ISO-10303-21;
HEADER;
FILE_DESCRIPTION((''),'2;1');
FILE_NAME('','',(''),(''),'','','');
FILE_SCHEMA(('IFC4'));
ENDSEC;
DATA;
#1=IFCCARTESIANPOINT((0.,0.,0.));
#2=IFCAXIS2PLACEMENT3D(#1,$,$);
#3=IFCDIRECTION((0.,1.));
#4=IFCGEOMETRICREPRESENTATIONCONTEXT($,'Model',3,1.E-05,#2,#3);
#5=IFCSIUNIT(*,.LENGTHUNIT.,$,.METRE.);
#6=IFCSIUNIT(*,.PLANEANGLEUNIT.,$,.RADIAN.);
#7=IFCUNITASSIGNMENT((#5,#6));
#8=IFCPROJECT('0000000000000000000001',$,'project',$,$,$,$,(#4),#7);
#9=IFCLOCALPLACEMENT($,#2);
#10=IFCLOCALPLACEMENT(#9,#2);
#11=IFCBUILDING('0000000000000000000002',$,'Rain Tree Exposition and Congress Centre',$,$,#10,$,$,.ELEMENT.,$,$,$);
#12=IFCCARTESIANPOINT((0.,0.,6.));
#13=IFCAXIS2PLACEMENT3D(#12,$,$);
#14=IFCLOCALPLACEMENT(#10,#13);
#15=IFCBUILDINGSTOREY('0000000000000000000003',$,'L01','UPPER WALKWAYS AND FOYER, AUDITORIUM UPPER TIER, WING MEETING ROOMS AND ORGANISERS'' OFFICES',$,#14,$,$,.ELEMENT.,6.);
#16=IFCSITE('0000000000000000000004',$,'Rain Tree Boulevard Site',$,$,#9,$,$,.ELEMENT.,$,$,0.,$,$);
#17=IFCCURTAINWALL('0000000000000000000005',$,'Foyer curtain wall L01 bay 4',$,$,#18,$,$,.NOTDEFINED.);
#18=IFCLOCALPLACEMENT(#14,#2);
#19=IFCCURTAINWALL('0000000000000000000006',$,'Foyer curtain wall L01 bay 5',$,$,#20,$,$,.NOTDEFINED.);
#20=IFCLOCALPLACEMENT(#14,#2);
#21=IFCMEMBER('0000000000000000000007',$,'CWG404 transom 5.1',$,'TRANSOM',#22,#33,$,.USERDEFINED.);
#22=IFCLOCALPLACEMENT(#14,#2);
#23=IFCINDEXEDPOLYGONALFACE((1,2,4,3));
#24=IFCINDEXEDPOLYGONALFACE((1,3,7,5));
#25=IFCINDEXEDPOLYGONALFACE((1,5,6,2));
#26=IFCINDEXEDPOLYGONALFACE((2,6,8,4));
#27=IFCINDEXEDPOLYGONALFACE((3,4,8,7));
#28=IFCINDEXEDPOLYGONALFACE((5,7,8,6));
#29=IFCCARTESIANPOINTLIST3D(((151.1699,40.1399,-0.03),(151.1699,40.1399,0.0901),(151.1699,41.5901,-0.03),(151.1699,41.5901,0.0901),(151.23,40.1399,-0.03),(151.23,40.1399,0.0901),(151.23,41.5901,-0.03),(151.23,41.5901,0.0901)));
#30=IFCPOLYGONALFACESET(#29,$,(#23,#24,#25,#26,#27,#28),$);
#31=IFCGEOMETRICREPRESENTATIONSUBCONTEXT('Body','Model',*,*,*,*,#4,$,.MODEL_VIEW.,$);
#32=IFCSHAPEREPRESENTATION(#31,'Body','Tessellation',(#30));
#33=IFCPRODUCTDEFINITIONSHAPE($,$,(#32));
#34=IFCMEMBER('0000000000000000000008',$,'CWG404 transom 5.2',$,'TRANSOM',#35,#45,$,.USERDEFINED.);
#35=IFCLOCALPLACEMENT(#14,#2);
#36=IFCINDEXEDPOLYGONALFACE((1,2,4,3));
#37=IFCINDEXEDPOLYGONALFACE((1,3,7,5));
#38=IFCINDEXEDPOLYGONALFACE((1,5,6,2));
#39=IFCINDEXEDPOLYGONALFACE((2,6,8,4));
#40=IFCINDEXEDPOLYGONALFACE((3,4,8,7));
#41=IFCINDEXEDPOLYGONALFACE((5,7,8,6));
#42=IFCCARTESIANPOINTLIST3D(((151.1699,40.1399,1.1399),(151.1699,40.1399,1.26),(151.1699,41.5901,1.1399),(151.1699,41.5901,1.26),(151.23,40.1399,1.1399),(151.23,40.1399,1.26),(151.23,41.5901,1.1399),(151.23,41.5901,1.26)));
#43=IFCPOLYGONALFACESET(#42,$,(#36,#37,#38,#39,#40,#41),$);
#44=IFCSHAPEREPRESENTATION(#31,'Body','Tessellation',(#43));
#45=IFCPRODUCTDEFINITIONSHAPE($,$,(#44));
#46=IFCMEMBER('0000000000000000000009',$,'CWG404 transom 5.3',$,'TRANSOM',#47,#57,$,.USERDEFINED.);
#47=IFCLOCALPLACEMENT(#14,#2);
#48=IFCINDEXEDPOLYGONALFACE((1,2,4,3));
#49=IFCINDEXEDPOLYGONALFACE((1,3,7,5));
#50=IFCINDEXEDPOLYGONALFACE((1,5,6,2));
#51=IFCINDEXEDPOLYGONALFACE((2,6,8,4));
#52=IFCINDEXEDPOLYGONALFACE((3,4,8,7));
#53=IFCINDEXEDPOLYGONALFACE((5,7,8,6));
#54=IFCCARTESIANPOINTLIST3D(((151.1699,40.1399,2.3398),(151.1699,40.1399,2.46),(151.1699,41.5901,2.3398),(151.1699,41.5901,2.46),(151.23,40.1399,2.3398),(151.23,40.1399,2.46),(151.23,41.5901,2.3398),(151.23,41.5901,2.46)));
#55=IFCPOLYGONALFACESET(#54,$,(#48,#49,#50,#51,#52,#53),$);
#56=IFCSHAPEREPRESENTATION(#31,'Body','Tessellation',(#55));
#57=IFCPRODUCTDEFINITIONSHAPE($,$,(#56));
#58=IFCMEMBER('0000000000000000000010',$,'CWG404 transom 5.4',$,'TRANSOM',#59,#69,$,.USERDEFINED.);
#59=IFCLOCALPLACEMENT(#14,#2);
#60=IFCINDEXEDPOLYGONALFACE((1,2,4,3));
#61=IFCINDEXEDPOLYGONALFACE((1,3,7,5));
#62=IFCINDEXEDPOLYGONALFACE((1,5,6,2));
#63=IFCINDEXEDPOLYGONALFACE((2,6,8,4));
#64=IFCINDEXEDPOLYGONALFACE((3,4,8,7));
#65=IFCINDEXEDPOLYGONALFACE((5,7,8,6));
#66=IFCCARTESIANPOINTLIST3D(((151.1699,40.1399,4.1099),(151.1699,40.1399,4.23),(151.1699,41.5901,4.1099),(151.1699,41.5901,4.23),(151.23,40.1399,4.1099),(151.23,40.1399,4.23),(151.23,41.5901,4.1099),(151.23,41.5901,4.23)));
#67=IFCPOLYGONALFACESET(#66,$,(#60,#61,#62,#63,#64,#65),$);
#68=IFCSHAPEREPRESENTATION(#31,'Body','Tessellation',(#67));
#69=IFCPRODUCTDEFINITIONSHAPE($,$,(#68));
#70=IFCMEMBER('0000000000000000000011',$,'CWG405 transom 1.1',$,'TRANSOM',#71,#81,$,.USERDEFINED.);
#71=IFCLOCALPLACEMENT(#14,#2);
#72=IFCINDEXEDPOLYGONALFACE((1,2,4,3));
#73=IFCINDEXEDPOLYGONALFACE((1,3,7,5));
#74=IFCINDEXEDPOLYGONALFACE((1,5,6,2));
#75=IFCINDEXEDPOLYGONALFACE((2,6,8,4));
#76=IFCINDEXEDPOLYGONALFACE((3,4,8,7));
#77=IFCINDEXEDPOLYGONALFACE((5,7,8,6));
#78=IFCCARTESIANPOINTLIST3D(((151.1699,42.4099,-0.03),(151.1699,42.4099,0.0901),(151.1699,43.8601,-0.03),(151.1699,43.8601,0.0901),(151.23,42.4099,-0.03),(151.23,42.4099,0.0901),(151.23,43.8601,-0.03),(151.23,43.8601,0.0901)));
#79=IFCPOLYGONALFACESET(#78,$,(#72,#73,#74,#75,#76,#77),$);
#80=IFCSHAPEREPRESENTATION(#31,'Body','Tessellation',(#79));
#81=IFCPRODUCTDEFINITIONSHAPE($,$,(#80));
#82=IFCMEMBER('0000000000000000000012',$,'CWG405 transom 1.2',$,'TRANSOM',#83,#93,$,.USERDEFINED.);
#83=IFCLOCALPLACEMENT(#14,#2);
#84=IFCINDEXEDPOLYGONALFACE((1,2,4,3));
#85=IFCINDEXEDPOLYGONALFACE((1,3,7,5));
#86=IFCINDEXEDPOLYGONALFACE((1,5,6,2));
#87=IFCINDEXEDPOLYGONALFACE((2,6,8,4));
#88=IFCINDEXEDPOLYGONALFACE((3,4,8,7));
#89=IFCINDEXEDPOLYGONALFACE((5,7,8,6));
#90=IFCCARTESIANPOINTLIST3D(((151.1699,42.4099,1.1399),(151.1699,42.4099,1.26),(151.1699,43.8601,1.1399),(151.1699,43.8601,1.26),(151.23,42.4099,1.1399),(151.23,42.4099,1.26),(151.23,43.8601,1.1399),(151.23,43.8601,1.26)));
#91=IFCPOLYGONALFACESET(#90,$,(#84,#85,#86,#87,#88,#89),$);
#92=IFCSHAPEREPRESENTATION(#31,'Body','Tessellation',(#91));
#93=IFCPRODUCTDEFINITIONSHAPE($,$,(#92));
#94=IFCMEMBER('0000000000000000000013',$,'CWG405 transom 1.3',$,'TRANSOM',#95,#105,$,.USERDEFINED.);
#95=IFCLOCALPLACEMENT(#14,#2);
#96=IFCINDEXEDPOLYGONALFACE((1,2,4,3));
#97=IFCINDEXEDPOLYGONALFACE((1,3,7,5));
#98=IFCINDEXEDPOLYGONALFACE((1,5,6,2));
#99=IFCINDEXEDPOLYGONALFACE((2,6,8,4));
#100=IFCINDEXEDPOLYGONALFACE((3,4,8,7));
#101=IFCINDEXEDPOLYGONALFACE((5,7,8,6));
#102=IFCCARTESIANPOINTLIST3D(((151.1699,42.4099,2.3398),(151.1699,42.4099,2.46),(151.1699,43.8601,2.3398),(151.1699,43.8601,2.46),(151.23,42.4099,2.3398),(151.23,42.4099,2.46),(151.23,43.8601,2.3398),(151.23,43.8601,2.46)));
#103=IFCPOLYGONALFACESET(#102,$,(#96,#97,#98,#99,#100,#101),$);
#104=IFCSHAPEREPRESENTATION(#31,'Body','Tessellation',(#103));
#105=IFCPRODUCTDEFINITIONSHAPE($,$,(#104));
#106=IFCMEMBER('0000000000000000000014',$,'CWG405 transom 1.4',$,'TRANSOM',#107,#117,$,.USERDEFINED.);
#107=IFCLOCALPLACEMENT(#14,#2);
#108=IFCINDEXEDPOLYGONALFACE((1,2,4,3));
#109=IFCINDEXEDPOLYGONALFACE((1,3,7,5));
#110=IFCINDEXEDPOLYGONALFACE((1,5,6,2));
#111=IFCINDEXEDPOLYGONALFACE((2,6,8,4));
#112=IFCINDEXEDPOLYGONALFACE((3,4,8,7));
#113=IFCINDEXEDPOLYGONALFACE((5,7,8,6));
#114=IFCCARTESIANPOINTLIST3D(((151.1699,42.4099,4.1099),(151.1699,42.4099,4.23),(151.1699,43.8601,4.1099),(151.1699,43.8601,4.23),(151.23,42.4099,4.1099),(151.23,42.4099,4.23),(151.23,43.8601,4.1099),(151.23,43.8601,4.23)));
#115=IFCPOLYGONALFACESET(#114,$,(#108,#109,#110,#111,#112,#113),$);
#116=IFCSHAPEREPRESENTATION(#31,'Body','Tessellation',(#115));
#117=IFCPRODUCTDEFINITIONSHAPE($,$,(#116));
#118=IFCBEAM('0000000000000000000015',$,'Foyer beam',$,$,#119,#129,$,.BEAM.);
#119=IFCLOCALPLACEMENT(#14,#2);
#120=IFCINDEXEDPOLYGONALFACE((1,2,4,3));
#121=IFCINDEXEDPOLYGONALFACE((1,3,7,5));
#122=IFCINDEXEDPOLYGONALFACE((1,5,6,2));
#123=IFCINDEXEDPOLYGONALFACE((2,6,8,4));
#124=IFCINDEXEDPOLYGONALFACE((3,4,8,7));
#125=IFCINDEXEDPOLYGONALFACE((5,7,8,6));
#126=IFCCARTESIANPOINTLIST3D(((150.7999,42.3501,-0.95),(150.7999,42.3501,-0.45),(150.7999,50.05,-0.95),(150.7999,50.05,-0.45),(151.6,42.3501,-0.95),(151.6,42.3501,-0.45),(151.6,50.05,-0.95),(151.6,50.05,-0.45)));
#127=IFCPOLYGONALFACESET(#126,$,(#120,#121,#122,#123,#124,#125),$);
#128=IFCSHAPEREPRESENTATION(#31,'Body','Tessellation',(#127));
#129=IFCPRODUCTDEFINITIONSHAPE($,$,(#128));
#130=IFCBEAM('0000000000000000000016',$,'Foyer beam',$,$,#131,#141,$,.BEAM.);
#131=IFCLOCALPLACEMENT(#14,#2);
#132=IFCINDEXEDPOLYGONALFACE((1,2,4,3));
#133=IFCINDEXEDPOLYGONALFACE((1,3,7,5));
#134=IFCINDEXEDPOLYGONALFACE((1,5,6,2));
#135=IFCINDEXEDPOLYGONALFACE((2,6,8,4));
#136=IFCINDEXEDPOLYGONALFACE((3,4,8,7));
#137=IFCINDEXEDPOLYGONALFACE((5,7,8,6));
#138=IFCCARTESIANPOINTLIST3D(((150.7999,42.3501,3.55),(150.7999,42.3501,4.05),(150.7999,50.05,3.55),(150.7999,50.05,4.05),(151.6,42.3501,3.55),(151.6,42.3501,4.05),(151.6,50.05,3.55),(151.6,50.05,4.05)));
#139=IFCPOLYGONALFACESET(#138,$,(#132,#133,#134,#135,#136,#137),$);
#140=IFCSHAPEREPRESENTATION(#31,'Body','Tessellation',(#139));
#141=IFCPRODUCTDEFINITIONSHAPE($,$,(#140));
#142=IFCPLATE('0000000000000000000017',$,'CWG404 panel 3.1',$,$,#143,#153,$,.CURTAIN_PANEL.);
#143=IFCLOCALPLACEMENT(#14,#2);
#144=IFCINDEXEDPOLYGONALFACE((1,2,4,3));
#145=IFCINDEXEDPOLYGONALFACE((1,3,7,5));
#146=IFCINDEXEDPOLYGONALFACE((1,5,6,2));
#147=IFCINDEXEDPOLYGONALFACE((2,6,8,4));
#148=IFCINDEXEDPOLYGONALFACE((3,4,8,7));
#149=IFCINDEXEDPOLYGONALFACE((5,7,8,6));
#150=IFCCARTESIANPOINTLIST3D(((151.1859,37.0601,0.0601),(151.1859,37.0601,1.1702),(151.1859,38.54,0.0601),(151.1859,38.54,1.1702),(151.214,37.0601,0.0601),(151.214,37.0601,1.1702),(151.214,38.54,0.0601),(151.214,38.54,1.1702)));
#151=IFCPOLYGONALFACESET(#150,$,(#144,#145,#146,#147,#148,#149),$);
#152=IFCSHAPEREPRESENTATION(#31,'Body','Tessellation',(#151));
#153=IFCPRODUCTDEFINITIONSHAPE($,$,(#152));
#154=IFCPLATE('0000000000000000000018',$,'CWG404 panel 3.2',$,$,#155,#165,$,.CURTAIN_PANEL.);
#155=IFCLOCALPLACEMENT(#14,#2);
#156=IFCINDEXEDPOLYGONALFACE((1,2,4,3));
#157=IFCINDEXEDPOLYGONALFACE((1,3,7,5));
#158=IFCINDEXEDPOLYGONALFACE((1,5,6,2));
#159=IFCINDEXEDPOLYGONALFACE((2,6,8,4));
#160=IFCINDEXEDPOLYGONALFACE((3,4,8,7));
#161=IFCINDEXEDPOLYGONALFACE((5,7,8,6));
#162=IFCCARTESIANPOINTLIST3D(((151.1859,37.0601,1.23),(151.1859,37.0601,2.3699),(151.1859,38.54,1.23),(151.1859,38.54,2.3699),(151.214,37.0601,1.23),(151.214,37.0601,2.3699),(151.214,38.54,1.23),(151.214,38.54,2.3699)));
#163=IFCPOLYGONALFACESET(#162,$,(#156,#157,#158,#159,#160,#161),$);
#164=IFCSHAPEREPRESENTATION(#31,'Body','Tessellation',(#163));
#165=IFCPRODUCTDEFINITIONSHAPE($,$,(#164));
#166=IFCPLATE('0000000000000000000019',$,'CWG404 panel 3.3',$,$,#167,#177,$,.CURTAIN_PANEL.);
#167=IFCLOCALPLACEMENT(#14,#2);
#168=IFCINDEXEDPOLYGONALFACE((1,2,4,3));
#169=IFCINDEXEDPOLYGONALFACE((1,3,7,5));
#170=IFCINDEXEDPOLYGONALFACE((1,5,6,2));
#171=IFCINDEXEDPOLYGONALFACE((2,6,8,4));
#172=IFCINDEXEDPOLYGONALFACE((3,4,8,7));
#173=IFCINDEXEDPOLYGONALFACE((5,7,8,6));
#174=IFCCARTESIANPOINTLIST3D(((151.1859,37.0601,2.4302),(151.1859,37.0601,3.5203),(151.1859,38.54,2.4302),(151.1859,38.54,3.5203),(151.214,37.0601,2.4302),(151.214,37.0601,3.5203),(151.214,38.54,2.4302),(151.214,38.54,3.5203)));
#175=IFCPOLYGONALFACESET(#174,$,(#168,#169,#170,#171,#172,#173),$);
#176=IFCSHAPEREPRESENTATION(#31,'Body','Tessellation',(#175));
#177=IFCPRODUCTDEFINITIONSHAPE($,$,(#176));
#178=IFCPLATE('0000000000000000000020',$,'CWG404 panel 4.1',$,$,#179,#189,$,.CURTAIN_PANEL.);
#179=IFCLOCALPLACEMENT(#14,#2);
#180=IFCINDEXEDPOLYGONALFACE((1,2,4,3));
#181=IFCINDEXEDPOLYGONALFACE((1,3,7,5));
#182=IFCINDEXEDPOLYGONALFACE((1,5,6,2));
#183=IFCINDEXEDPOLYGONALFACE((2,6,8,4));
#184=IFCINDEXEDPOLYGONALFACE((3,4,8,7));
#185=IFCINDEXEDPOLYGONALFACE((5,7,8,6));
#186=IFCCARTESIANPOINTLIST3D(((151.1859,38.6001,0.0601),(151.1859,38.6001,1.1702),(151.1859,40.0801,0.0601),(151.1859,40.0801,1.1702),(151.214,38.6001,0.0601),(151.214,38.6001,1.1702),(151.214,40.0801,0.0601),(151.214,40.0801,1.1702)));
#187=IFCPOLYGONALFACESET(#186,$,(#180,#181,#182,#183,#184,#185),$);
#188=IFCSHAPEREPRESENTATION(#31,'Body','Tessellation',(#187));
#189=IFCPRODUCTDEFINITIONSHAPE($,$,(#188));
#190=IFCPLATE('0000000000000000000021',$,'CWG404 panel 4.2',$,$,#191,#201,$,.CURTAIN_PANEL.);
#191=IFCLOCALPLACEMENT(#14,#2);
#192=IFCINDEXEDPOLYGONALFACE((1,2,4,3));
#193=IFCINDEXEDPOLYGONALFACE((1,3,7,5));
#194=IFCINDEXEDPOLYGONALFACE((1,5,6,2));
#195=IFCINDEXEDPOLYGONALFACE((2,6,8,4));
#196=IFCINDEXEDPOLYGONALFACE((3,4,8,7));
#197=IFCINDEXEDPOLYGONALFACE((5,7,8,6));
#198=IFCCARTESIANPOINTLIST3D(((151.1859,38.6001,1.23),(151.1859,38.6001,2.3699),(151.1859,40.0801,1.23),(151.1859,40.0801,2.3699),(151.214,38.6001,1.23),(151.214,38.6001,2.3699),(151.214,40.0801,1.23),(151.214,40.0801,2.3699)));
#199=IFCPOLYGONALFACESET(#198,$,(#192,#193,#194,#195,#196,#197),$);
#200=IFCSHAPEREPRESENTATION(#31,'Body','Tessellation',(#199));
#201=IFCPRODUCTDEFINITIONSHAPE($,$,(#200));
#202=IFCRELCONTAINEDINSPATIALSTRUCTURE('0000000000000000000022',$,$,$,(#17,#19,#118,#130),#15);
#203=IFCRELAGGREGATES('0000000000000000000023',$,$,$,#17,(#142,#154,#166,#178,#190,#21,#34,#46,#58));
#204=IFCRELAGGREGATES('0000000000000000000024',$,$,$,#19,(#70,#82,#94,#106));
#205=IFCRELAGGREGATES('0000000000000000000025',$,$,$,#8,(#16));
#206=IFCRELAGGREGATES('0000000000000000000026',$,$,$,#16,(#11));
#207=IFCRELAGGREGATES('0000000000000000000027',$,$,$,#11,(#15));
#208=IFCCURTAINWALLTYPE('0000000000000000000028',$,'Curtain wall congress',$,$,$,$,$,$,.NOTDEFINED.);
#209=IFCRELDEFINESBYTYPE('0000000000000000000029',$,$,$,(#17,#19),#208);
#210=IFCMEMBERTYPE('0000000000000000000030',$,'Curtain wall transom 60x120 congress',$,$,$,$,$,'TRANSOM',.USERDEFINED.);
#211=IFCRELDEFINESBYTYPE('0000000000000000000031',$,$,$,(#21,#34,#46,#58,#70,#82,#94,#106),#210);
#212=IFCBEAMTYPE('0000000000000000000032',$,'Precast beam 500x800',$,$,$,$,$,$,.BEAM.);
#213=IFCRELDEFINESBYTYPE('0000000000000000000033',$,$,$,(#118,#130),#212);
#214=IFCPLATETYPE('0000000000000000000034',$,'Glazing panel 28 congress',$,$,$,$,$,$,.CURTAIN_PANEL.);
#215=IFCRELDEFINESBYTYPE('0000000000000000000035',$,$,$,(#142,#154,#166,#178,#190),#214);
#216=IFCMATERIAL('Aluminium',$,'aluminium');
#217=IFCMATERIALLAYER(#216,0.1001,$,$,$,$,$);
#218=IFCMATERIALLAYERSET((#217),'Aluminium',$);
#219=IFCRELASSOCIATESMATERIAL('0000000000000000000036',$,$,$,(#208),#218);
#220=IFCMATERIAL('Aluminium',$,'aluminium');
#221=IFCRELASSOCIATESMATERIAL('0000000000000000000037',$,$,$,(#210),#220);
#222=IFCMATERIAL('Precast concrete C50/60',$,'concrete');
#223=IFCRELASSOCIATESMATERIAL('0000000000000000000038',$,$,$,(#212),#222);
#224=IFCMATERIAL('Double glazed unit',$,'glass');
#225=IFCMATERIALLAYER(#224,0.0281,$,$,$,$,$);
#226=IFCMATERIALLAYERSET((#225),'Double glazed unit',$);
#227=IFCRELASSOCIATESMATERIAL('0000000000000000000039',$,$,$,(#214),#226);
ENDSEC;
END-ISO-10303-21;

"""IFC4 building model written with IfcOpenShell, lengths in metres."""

from ifc_helpers import new_model, si_unit, direction, frame, origin, origin_2d, place, context, subcontext, project, spatial, rectangle, extrude, material, layer, layer_set, material_profile, profile_set, type_object, element, aggregate, save


model = new_model("IFC4")

# Units and contexts
model_context = context("Model", 3, precision=1e-05, world=origin(), true_north=direction((0.0, 1.0)))
body_context = subcontext(model_context, "Body", "Model", "MODEL_VIEW")
ifc_project = project(units=[si_unit("LENGTHUNIT", "METRE"), si_unit("PLANEANGLEUNIT", "RADIAN")], contexts=[model_context])

# Site, building, storey
site_placement = place(None, origin())
site = spatial("IfcSite", under=ifc_project, at=site_placement, Name="Rain Tree Boulevard Site", CompositionType="ELEMENT", RefElevation=0.0)
building_placement = place(site_placement, origin())
building = spatial("IfcBuilding", under=site, at=building_placement, Name="Rain Tree Exposition and Congress Centre", CompositionType="ELEMENT")
storey_placement = place(building_placement, frame((0.0, 0.0, 6.0)))
storey = spatial("IfcBuildingStorey", under=building, at=storey_placement, Name="L01", Description="UPPER WALKWAYS AND FOYER, AUDITORIUM UPPER TIER, WING MEETING ROOMS AND ORGANISERS' OFFICES", CompositionType="ELEMENT", Elevation=6.0)

# Curtain wall
ifc_material_1 = material(Name="Aluminium", Category="aluminium")
ifc_layer_1 = layer(ifc_material_1, 0.1001)
ifc_layer_set_1 = layer_set([ifc_layer_1], Name="Aluminium")
curtain_wall_type = type_object("IfcCurtainWallType", Name="Curtain wall congress", PredefinedType="NOTDEFINED", material=ifc_layer_set_1)
curtain_wall_1_placement = place(storey_placement, origin())
curtain_wall_1 = element("IfcCurtainWall", 1, at=curtain_wall_1_placement, inside=storey, type_object=curtain_wall_type, Name="Foyer curtain wall L01 bay 4", PredefinedType="NOTDEFINED")

# Curtain wall
curtain_wall_2_placement = place(storey_placement, origin())
curtain_wall_2 = element("IfcCurtainWall", 2, at=curtain_wall_2_placement, inside=storey, type_object=curtain_wall_type, Name="Foyer curtain wall L01 bay 5", PredefinedType="NOTDEFINED")

# Members
ifc_material_2 = material(Name="Aluminium", Category="aluminium")
ifc_material_profile_1 = material_profile(ifc_material_2, rectangle(XDim=0.0601, YDim=0.1201, at=origin_2d()), Name="AL 60x120")
ifc_profile_set_1 = profile_set([ifc_material_profile_1], Name="Aluminium")
member_type_1 = type_object("IfcMemberType", Name="Curtain wall transom 60x120 congress", ElementType="TRANSOM", PredefinedType="USERDEFINED", material=ifc_profile_set_1)
member_1_placement = place(storey_placement, frame((151.2, 40.1399, 0.03), z_axis=(0.0, 1.0, 0.0), x_axis=(-1.0, 0.0, 0.0)))
member_1 = element("IfcMember", 3, at=member_1_placement, type_object=member_type_1, Name="CWG404 transom 5.1", ObjectType="TRANSOM", PredefinedType="USERDEFINED", context=body_context, shape_type="SweptSolid", body=[
    extrude(rectangle(XDim=0.0601, YDim=0.1201, at=origin_2d()), origin(), (0.0, 0.0, 1.0), 1.4502),
])
member_2_placement = place(storey_placement, frame((151.2, 40.1399, 1.2), z_axis=(0.0, 1.0, 0.0), x_axis=(-1.0, 0.0, 0.0)))
member_2 = element("IfcMember", 4, at=member_2_placement, type_object=member_type_1, Name="CWG404 transom 5.2", ObjectType="TRANSOM", PredefinedType="USERDEFINED", context=body_context, shape_type="SweptSolid", body=[
    extrude(rectangle(XDim=0.0601, YDim=0.1201, at=origin_2d()), origin(), (0.0, 0.0, 1.0), 1.4502),
])
member_3_placement = place(storey_placement, frame((151.2, 40.1399, 2.3999), z_axis=(0.0, 1.0, 0.0), x_axis=(-1.0, 0.0, 0.0)))
member_3 = element("IfcMember", 5, at=member_3_placement, type_object=member_type_1, Name="CWG404 transom 5.3", ObjectType="TRANSOM", PredefinedType="USERDEFINED", context=body_context, shape_type="SweptSolid", body=[
    extrude(rectangle(XDim=0.0601, YDim=0.1201, at=origin_2d()), origin(), (0.0, 0.0, 1.0), 1.4502),
])
member_4_placement = place(storey_placement, frame((151.2, 40.1399, 4.1699), z_axis=(0.0, 1.0, 0.0), x_axis=(-1.0, 0.0, 0.0)))
member_4 = element("IfcMember", 6, at=member_4_placement, type_object=member_type_1, Name="CWG404 transom 5.4", ObjectType="TRANSOM", PredefinedType="USERDEFINED", context=body_context, shape_type="SweptSolid", body=[
    extrude(rectangle(XDim=0.0601, YDim=0.1201, at=origin_2d()), origin(), (0.0, 0.0, 1.0), 1.4502),
])
member_5_placement = place(storey_placement, frame((151.2, 42.4099, 0.03), z_axis=(0.0, 1.0, 0.0), x_axis=(-1.0, 0.0, 0.0)))
member_5 = element("IfcMember", 7, at=member_5_placement, type_object=member_type_1, Name="CWG405 transom 1.1", ObjectType="TRANSOM", PredefinedType="USERDEFINED", context=body_context, shape_type="SweptSolid", body=[
    extrude(rectangle(XDim=0.0601, YDim=0.1201, at=origin_2d()), origin(), (0.0, 0.0, 1.0), 1.4502),
])
member_6_placement = place(storey_placement, frame((151.2, 42.4099, 1.2), z_axis=(0.0, 1.0, 0.0), x_axis=(-1.0, 0.0, 0.0)))
member_6 = element("IfcMember", 8, at=member_6_placement, type_object=member_type_1, Name="CWG405 transom 1.2", ObjectType="TRANSOM", PredefinedType="USERDEFINED", context=body_context, shape_type="SweptSolid", body=[
    extrude(rectangle(XDim=0.0601, YDim=0.1201, at=origin_2d()), origin(), (0.0, 0.0, 1.0), 1.4502),
])
member_7_placement = place(storey_placement, frame((151.2, 42.4099, 2.3999), z_axis=(0.0, 1.0, 0.0), x_axis=(-1.0, 0.0, 0.0)))
member_7 = element("IfcMember", 9, at=member_7_placement, type_object=member_type_1, Name="CWG405 transom 1.3", ObjectType="TRANSOM", PredefinedType="USERDEFINED", context=body_context, shape_type="SweptSolid", body=[
    extrude(rectangle(XDim=0.0601, YDim=0.1201, at=origin_2d()), origin(), (0.0, 0.0, 1.0), 1.4502),
])
member_8_placement = place(storey_placement, frame((151.2, 42.4099, 4.1699), z_axis=(0.0, 1.0, 0.0), x_axis=(-1.0, 0.0, 0.0)))
member_8 = element("IfcMember", 10, at=member_8_placement, type_object=member_type_1, Name="CWG405 transom 1.4", ObjectType="TRANSOM", PredefinedType="USERDEFINED", context=body_context, shape_type="SweptSolid", body=[
    extrude(rectangle(XDim=0.0601, YDim=0.1201, at=origin_2d()), origin(), (0.0, 0.0, 1.0), 1.4502),
])

# Beams
ifc_material_3 = material(Name="Precast concrete C50/60", Category="concrete")
ifc_material_profile_2 = material_profile(ifc_material_3, rectangle(XDim=0.5, YDim=0.8, at=origin_2d()), Name="RC 500x800")
ifc_profile_set_2 = profile_set([ifc_material_profile_2], Name="Precast concrete C50/60")
beam_type = type_object("IfcBeamType", Name="Precast beam 500x800", PredefinedType="BEAM", material=ifc_profile_set_2)
for number, where, z_axis, x_axis, name in (
    (11, (151.2, 42.3501, -0.7), (0.0, 1.0, 0.0), (0.0, 0.0, 1.0), "Foyer beam"),
    (12, (151.2, 42.3501, 3.8), (0.0, 1.0, 0.0), (0.0, 0.0, 1.0), "Foyer beam"),
):
    element("IfcBeam", number, at=place(storey_placement, frame(where, z_axis=z_axis, x_axis=x_axis)), inside=storey, type_object=beam_type, Name=name, PredefinedType="BEAM", context=body_context, shape_type="SweptSolid", body=[
        extrude(rectangle(XDim=0.5, YDim=0.8, at=origin_2d()), origin(), (0.0, 0.0, 1.0), 7.7),
    ])

# Plates
ifc_material_4 = material(Name="Double glazed unit", Category="glass")
ifc_layer_2 = layer(ifc_material_4, 0.0281)
ifc_layer_set_2 = layer_set([ifc_layer_2], Name="Double glazed unit")
plate_type = type_object("IfcPlateType", Name="Glazing panel 28 congress", PredefinedType="CURTAIN_PANEL", material=ifc_layer_set_2)
plate_1_placement = place(storey_placement, frame((151.2, 37.8, 0.0601), z_axis=(0.0, 0.0, 1.0), x_axis=(0.0, 1.0, 0.0)))
plate_1 = element("IfcPlate", 13, at=plate_1_placement, type_object=plate_type, Name="CWG404 panel 3.1", PredefinedType="CURTAIN_PANEL", context=body_context, shape_type="SweptSolid", body=[
    extrude(rectangle(XDim=1.48, YDim=0.0281, at=origin_2d()), origin(), (0.0, 0.0, 1.0), 1.1101),
])
plate_2_placement = place(storey_placement, frame((151.2, 37.8, 1.23), z_axis=(0.0, 0.0, 1.0), x_axis=(0.0, 1.0, 0.0)))
plate_2 = element("IfcPlate", 14, at=plate_2_placement, type_object=plate_type, Name="CWG404 panel 3.2", PredefinedType="CURTAIN_PANEL", context=body_context, shape_type="SweptSolid", body=[
    extrude(rectangle(XDim=1.48, YDim=0.0281, at=origin_2d()), origin(), (0.0, 0.0, 1.0), 1.1399),
])
plate_3_placement = place(storey_placement, frame((151.2, 37.8, 2.4302), z_axis=(0.0, 0.0, 1.0), x_axis=(0.0, 1.0, 0.0)))
plate_3 = element("IfcPlate", 15, at=plate_3_placement, type_object=plate_type, Name="CWG404 panel 3.3", PredefinedType="CURTAIN_PANEL", context=body_context, shape_type="SweptSolid", body=[
    extrude(rectangle(XDim=1.48, YDim=0.0281, at=origin_2d()), origin(), (0.0, 0.0, 1.0), 1.0901),
])
plate_4_placement = place(storey_placement, frame((151.2, 39.3401, 0.0601), z_axis=(0.0, 0.0, 1.0), x_axis=(0.0, 1.0, 0.0)))
plate_4 = element("IfcPlate", 16, at=plate_4_placement, type_object=plate_type, Name="CWG404 panel 4.1", PredefinedType="CURTAIN_PANEL", context=body_context, shape_type="SweptSolid", body=[
    extrude(rectangle(XDim=1.48, YDim=0.0281, at=origin_2d()), origin(), (0.0, 0.0, 1.0), 1.1101),
])
plate_5_placement = place(storey_placement, frame((151.2, 39.3401, 1.23), z_axis=(0.0, 0.0, 1.0), x_axis=(0.0, 1.0, 0.0)))
plate_5 = element("IfcPlate", 17, at=plate_5_placement, type_object=plate_type, Name="CWG404 panel 4.2", PredefinedType="CURTAIN_PANEL", context=body_context, shape_type="SweptSolid", body=[
    extrude(rectangle(XDim=1.48, YDim=0.0281, at=origin_2d()), origin(), (0.0, 0.0, 1.0), 1.1399),
])
aggregate(curtain_wall_1, [plate_1, plate_2, plate_3, plate_4, plate_5, member_1, member_2, member_3, member_4])
aggregate(curtain_wall_2, [member_5, member_6, member_7, member_8])

save(model, "model.ifc")
